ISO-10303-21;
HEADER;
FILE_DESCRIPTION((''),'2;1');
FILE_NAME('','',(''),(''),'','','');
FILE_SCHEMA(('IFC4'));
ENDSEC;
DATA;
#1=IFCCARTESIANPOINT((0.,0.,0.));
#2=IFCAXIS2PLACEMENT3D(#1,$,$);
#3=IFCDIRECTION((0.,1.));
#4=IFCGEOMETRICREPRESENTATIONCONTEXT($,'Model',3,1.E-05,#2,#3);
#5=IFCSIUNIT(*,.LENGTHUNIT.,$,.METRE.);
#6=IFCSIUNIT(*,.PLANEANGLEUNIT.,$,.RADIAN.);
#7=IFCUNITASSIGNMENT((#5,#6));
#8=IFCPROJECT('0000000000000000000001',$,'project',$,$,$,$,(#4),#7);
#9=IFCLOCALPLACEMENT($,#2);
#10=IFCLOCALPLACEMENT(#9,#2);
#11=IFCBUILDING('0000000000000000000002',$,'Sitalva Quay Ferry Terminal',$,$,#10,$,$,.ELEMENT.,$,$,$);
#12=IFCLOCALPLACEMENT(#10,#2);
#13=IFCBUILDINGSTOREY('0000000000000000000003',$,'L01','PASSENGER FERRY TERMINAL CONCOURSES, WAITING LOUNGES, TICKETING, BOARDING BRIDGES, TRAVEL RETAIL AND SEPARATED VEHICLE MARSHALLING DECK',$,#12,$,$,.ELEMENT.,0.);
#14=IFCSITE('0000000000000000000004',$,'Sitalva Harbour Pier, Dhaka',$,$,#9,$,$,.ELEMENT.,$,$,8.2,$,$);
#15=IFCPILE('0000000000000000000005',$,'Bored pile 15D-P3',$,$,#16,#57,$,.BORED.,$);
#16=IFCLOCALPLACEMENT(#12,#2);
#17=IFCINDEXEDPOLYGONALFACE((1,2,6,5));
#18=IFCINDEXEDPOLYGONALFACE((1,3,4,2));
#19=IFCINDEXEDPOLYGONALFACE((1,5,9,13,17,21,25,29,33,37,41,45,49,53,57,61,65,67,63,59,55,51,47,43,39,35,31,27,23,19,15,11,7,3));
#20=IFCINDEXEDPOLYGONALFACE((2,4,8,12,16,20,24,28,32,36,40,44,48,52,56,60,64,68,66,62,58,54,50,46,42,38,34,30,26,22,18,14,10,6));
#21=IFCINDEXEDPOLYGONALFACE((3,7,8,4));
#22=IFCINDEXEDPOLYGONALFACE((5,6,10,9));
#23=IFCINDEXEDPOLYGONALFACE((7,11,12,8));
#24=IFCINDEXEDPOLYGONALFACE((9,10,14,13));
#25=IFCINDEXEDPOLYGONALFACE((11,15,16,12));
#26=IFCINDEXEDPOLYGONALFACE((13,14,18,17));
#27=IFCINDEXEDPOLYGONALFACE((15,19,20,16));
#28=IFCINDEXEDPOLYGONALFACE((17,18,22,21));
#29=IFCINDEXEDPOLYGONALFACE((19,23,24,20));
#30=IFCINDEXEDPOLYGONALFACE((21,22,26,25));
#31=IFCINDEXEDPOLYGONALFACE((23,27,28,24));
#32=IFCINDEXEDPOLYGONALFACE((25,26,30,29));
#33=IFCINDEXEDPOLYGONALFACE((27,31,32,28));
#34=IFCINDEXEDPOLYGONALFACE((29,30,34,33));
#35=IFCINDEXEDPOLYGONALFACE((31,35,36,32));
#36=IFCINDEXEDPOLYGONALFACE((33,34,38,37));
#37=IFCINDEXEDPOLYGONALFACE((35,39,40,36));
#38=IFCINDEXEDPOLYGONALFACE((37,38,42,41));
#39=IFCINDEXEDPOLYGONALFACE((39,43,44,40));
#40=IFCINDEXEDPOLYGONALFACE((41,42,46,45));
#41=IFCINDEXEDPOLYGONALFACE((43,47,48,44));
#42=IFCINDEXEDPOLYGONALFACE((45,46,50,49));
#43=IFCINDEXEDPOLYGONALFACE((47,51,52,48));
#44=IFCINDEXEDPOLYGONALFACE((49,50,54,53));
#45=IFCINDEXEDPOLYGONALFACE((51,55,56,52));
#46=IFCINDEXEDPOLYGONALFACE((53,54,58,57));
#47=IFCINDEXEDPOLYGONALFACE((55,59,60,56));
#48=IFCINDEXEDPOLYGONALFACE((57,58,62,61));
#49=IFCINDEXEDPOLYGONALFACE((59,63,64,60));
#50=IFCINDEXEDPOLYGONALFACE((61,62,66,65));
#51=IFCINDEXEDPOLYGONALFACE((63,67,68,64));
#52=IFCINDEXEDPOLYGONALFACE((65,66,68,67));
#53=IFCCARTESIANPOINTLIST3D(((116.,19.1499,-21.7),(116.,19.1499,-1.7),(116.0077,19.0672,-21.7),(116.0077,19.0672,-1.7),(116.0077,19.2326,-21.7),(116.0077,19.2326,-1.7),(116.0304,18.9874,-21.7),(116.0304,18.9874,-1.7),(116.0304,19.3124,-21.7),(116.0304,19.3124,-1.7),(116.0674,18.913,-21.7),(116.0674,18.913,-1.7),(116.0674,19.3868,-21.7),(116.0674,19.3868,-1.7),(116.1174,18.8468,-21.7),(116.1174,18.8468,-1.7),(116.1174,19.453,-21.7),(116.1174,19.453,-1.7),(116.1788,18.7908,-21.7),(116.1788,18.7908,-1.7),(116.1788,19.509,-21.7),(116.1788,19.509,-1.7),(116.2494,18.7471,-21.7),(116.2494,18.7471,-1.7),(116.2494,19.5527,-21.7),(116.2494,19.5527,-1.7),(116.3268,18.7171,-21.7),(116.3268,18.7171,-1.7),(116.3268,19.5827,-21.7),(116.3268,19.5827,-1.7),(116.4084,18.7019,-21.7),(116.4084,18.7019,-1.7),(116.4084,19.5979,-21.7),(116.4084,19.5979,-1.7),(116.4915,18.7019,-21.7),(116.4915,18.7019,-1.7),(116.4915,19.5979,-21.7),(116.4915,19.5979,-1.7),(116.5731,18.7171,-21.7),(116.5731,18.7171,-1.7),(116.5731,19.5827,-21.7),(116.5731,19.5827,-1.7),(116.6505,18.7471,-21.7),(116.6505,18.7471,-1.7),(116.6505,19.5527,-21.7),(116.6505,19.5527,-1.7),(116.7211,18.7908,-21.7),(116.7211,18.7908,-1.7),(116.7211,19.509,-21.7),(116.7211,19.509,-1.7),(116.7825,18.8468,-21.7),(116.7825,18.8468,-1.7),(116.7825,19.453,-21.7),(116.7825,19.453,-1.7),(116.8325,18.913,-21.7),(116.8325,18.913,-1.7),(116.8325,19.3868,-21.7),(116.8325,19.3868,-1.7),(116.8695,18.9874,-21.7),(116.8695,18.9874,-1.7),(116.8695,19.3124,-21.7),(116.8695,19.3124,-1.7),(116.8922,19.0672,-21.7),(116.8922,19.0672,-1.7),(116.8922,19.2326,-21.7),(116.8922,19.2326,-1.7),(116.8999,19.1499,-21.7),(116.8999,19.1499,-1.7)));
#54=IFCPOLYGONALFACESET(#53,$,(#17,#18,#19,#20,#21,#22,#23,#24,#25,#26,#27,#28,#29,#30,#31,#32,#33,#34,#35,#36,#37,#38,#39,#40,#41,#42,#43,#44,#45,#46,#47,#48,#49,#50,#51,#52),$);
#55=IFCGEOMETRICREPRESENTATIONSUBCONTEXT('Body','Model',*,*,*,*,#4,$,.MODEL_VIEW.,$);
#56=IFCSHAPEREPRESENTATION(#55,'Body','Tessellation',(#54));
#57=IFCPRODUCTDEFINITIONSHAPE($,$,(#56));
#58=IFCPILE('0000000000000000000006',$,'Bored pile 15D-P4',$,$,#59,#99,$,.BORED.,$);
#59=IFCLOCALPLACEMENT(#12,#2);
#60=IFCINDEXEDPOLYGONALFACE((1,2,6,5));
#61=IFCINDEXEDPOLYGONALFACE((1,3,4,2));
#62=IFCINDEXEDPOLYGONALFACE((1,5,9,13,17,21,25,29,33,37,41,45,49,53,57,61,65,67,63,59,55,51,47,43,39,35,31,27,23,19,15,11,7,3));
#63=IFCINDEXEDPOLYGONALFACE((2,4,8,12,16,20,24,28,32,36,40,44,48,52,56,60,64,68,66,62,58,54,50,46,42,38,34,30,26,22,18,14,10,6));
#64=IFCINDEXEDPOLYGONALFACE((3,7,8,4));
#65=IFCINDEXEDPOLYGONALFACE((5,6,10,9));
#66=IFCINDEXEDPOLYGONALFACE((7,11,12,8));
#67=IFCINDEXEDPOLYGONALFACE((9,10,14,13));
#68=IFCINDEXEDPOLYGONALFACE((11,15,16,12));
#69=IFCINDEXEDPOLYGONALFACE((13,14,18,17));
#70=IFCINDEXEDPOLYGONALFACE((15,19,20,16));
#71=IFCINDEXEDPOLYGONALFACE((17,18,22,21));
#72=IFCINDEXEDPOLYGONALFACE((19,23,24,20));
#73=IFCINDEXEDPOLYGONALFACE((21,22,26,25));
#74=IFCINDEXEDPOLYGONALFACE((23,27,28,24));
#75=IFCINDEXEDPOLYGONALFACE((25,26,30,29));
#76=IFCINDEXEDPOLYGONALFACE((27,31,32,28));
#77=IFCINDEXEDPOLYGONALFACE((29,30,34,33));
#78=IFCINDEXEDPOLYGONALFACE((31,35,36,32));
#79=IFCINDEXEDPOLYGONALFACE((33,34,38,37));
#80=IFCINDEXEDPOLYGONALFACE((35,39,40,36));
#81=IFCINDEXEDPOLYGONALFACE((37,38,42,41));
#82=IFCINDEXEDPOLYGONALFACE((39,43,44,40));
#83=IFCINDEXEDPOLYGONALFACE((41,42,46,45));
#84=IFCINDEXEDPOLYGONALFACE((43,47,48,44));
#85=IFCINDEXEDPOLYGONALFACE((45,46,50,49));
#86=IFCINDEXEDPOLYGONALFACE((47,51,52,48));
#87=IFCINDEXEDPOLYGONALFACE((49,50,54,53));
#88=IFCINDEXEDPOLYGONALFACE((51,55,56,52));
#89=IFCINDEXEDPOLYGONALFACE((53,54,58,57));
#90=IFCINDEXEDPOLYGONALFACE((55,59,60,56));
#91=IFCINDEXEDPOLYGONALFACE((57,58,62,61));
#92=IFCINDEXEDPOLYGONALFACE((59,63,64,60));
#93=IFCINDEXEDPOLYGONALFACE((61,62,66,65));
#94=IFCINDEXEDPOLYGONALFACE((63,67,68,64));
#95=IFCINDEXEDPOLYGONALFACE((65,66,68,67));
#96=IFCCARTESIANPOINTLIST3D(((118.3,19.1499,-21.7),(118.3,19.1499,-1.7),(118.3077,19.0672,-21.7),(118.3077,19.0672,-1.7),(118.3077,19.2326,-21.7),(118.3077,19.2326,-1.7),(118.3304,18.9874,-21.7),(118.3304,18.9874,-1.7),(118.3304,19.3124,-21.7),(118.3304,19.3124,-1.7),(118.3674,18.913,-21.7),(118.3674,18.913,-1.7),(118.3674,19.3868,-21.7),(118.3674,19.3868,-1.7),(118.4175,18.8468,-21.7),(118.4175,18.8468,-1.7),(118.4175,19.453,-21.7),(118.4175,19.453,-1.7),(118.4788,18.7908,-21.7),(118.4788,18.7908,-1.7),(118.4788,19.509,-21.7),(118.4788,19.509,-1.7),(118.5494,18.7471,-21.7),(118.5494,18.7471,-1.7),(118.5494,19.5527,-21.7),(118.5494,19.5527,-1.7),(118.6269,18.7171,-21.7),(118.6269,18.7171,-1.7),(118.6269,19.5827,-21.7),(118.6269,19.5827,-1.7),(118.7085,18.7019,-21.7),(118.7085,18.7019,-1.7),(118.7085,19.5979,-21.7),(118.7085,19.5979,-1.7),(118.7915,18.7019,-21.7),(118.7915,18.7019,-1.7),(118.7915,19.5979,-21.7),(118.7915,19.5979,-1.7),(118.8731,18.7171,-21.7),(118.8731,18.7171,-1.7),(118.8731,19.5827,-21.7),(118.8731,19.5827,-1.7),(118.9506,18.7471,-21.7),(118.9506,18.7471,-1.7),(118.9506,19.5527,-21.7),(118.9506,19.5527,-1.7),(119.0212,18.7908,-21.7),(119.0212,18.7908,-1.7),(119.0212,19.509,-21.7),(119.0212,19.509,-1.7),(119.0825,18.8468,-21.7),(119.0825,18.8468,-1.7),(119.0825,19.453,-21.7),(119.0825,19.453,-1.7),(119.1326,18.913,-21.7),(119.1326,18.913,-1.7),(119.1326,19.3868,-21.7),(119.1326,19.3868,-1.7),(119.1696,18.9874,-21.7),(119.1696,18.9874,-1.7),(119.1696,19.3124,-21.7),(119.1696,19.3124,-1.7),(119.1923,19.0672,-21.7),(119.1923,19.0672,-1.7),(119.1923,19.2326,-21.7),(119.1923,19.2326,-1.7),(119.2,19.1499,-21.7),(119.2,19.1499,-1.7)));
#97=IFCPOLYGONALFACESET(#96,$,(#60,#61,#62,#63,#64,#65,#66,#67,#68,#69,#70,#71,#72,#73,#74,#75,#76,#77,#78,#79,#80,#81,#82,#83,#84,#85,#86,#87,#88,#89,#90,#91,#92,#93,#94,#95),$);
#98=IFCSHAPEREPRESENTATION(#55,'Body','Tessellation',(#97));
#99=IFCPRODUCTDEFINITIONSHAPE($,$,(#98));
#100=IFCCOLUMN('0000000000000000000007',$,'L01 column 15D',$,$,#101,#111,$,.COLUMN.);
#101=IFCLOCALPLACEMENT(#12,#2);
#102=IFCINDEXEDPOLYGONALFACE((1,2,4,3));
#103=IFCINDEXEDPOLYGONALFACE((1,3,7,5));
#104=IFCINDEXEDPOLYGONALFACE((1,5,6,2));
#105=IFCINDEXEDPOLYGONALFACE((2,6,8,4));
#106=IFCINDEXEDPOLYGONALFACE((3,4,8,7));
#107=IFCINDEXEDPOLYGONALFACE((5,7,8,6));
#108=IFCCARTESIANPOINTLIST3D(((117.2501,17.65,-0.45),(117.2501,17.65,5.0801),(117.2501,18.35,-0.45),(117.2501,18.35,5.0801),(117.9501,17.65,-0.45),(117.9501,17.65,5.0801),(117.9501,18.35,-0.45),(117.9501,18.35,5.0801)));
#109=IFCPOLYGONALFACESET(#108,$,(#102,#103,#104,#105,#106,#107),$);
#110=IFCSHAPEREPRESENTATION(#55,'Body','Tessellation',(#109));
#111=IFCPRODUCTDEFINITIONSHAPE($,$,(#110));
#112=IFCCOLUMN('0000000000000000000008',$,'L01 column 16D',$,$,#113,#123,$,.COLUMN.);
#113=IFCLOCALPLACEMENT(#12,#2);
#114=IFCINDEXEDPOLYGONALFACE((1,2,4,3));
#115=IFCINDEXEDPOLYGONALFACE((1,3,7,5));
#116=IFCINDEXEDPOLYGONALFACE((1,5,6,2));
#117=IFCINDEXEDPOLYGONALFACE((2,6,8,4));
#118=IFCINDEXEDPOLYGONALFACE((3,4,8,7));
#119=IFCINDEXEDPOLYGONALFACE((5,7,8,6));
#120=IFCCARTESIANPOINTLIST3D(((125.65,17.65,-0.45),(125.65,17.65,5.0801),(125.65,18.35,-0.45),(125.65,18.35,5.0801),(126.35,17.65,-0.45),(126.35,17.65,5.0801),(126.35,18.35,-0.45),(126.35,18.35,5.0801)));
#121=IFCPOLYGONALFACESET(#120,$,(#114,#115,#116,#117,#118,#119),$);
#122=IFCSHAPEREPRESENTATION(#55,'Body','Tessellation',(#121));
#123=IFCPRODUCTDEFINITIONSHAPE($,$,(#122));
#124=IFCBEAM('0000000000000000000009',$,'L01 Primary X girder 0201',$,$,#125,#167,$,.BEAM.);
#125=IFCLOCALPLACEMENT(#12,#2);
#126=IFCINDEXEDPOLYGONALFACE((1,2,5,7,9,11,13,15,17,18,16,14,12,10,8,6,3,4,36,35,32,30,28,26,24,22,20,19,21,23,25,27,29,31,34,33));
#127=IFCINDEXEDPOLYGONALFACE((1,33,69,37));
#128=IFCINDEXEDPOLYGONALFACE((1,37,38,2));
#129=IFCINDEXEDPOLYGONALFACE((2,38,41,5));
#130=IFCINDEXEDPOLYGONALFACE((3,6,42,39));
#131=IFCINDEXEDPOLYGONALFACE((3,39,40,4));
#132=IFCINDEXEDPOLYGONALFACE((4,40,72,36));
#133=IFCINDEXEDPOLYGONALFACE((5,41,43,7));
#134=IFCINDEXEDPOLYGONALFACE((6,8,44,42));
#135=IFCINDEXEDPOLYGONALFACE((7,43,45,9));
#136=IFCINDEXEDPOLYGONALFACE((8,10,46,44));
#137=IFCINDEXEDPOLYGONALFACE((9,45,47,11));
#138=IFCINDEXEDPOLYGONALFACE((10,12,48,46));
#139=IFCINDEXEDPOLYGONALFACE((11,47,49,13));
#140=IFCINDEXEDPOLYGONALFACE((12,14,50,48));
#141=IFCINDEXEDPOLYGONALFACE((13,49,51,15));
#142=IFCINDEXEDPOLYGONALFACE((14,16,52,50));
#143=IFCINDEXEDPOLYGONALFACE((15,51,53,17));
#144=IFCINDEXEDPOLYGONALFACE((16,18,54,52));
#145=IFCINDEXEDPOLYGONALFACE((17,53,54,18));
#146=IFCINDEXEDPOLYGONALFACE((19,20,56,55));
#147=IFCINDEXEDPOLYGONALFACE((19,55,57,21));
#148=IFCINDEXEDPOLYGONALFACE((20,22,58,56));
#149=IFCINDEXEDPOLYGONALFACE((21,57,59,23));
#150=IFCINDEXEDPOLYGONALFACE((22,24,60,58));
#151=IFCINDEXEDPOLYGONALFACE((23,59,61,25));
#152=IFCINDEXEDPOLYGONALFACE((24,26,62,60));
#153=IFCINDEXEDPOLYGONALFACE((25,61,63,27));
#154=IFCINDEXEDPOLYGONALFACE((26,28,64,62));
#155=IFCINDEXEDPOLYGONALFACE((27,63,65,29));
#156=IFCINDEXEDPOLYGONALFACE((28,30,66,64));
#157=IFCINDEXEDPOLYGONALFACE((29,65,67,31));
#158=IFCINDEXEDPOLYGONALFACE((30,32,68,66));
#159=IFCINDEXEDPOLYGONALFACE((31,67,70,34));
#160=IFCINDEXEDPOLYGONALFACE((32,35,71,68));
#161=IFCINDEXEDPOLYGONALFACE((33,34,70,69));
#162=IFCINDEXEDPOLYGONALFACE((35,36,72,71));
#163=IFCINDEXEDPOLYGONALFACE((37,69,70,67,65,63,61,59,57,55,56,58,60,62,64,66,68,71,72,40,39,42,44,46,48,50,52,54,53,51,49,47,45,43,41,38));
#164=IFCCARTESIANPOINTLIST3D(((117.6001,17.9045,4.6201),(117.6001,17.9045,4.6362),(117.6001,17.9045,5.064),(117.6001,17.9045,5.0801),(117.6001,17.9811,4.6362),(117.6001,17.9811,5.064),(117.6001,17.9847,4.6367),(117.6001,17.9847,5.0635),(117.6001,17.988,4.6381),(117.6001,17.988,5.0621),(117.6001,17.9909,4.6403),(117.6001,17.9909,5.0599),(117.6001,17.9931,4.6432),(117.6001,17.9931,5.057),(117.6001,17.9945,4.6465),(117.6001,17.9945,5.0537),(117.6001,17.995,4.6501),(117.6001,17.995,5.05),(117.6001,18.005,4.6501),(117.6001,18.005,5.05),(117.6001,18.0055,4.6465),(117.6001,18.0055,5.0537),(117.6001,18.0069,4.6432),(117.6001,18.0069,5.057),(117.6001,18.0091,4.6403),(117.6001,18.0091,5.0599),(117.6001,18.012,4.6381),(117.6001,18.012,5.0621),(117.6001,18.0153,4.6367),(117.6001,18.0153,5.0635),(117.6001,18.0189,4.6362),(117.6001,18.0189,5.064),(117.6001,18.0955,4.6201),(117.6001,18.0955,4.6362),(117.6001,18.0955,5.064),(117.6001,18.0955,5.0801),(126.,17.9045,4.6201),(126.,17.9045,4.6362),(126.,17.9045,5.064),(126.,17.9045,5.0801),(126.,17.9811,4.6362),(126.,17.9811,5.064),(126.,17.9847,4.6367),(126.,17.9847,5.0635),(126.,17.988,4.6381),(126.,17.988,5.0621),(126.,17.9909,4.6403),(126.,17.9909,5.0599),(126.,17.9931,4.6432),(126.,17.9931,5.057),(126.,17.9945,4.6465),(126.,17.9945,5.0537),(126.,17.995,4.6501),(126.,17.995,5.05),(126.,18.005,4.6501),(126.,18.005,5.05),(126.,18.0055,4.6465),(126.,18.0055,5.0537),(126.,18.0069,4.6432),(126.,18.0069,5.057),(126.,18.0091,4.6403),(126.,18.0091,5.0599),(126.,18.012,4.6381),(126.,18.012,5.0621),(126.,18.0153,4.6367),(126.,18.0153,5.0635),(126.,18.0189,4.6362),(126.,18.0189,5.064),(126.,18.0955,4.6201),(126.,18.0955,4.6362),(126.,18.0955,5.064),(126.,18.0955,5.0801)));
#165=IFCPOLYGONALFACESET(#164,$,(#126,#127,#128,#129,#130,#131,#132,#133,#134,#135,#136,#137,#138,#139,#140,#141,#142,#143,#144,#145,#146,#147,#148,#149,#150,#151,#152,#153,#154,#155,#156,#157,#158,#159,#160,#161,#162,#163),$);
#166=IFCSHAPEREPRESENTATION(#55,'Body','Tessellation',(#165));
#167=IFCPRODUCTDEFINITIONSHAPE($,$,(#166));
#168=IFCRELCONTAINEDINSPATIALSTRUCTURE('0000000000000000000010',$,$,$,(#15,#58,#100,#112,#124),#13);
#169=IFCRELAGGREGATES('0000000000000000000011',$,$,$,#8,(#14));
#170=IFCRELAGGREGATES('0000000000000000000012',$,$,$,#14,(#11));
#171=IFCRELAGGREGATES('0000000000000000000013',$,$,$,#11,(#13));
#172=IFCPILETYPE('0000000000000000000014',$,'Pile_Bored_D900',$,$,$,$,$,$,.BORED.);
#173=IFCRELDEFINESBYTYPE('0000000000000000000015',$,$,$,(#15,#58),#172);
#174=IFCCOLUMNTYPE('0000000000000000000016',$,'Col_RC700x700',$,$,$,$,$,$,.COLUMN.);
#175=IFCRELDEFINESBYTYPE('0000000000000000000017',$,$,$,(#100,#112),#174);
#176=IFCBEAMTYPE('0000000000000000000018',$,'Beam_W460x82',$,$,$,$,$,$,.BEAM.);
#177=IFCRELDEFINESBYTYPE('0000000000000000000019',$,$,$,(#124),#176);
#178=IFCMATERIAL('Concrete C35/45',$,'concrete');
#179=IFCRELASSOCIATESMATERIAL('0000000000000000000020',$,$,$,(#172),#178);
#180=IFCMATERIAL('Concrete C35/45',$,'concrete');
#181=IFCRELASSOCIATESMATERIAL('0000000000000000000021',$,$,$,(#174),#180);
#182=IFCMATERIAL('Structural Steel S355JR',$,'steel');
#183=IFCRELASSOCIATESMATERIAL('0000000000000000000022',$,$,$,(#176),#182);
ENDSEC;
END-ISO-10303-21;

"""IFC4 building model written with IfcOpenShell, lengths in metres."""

from ifc_helpers import new_model, si_unit, direction, frame, origin, origin_2d, place, context, subcontext, project, spatial, rectangle, circle, i_section, extrude, material, material_profile, profile_set, type_object, element, save


model = new_model("IFC4")

# Units and contexts
model_context = context("Model", 3, precision=1e-05, world=origin(), true_north=direction((0.0, 1.0)))
body_context = subcontext(model_context, "Body", "Model", "MODEL_VIEW")
ifc_project = project(units=[si_unit("LENGTHUNIT", "METRE"), si_unit("PLANEANGLEUNIT", "RADIAN")], contexts=[model_context])

# Site, building, storey
site_placement = place(None, origin())
site = spatial("IfcSite", under=ifc_project, at=site_placement, Name="Sitalva Harbour Pier, Dhaka", CompositionType="ELEMENT", RefElevation=8.2)
building_placement = place(site_placement, origin())
building = spatial("IfcBuilding", under=site, at=building_placement, Name="Sitalva Quay Ferry Terminal", CompositionType="ELEMENT")
storey_placement = place(building_placement, origin())
storey = spatial("IfcBuildingStorey", under=building, at=storey_placement, Name="L01", Description="PASSENGER FERRY TERMINAL CONCOURSES, WAITING LOUNGES, TICKETING, BOARDING BRIDGES, TRAVEL RETAIL AND SEPARATED VEHICLE MARSHALLING DECK", CompositionType="ELEMENT", Elevation=0.0)

# Piles
ifc_material_1 = material(Name="Concrete C35/45", Category="concrete")
ifc_material_profile_1 = material_profile(ifc_material_1, circle(Radius=0.45, at=origin_2d()), Name="PILE-D900")
ifc_profile_set_1 = profile_set([ifc_material_profile_1], Name="Concrete C35/45")
pile_type_1 = type_object("IfcPileType", Name="Pile_Bored_D900", PredefinedType="BORED", material=ifc_profile_set_1)
for number, where, z_axis, x_axis, name in (
    (1, (116.45, 19.1499, -1.7), (0.0, 0.0, -1.0), (1.0, 0.0, 0.0), "Bored pile 15D-P3"),
    (2, (118.75, 19.1499, -1.7), (0.0, 0.0, -1.0), (1.0, 0.0, 0.0), "Bored pile 15D-P4"),
):
    element("IfcPile", number, at=place(storey_placement, frame(where, z_axis=z_axis, x_axis=x_axis)), inside=storey, type_object=pile_type_1, Name=name, PredefinedType="BORED", context=body_context, shape_type="SweptSolid", body=[
        extrude(circle(Radius=0.45, at=origin_2d()), origin(), (0.0, 0.0, 1.0), 20.0),
    ])

# Columns
ifc_material_2 = material(Name="Concrete C35/45", Category="concrete")
ifc_material_profile_2 = material_profile(ifc_material_2, rectangle(XDim=0.7, YDim=0.7, at=origin_2d()), Name="RC700x700")
ifc_profile_set_2 = profile_set([ifc_material_profile_2], Name="Concrete C35/45")
column_type = type_object("IfcColumnType", Name="Col_RC700x700", PredefinedType="COLUMN", material=ifc_profile_set_2)
for number, where, z_axis, x_axis, name in (
    (3, (117.6001, 18.0, -0.45), (0.0, 0.0, 1.0), (1.0, 0.0, 0.0), "L01 column 15D"),
    (4, (126.0, 18.0, -0.45), (0.0, 0.0, 1.0), (1.0, 0.0, 0.0), "L01 column 16D"),
):
    element("IfcColumn", number, at=place(storey_placement, frame(where, z_axis=z_axis, x_axis=x_axis)), inside=storey, type_object=column_type, Name=name, PredefinedType="COLUMN", context=body_context, shape_type="SweptSolid", body=[
        extrude(rectangle(XDim=0.7, YDim=0.7, at=origin_2d()), origin(), (0.0, 0.0, 1.0), 5.53),
    ])

# Beam
ifc_material_3 = material(Name="Structural Steel S355JR", Category="steel")
ifc_material_profile_3 = material_profile(ifc_material_3, i_section(OverallWidth=0.1909, OverallDepth=0.46, WebThickness=0.01, FlangeThickness=0.0161, FilletRadius=0.0139, at=origin_2d()), Name="W460x82")
ifc_profile_set_3 = profile_set([ifc_material_profile_3], Name="Structural Steel S355JR")
beam_type_1 = type_object("IfcBeamType", Name="Beam_W460x82", PredefinedType="BEAM", material=ifc_profile_set_3)
for number, where, z_axis, x_axis, name in (
    (5, (117.6001, 18.0, 4.8501), (1.0, 0.0, 0.0), (0.0, 1.0, 0.0), "L01 Primary X girder 0201"),
):
    element("IfcBeam", number, at=place(storey_placement, frame(where, z_axis=z_axis, x_axis=x_axis)), inside=storey, type_object=beam_type_1, Name=name, PredefinedType="BEAM", context=body_context, shape_type="SweptSolid", body=[
        extrude(i_section(OverallWidth=0.1909, OverallDepth=0.46, WebThickness=0.01, FlangeThickness=0.0161, FilletRadius=0.0139, at=origin_2d()), origin(), (0.0, 0.0, 1.0), 8.3999),
    ])

save(model, "model.ifc")
